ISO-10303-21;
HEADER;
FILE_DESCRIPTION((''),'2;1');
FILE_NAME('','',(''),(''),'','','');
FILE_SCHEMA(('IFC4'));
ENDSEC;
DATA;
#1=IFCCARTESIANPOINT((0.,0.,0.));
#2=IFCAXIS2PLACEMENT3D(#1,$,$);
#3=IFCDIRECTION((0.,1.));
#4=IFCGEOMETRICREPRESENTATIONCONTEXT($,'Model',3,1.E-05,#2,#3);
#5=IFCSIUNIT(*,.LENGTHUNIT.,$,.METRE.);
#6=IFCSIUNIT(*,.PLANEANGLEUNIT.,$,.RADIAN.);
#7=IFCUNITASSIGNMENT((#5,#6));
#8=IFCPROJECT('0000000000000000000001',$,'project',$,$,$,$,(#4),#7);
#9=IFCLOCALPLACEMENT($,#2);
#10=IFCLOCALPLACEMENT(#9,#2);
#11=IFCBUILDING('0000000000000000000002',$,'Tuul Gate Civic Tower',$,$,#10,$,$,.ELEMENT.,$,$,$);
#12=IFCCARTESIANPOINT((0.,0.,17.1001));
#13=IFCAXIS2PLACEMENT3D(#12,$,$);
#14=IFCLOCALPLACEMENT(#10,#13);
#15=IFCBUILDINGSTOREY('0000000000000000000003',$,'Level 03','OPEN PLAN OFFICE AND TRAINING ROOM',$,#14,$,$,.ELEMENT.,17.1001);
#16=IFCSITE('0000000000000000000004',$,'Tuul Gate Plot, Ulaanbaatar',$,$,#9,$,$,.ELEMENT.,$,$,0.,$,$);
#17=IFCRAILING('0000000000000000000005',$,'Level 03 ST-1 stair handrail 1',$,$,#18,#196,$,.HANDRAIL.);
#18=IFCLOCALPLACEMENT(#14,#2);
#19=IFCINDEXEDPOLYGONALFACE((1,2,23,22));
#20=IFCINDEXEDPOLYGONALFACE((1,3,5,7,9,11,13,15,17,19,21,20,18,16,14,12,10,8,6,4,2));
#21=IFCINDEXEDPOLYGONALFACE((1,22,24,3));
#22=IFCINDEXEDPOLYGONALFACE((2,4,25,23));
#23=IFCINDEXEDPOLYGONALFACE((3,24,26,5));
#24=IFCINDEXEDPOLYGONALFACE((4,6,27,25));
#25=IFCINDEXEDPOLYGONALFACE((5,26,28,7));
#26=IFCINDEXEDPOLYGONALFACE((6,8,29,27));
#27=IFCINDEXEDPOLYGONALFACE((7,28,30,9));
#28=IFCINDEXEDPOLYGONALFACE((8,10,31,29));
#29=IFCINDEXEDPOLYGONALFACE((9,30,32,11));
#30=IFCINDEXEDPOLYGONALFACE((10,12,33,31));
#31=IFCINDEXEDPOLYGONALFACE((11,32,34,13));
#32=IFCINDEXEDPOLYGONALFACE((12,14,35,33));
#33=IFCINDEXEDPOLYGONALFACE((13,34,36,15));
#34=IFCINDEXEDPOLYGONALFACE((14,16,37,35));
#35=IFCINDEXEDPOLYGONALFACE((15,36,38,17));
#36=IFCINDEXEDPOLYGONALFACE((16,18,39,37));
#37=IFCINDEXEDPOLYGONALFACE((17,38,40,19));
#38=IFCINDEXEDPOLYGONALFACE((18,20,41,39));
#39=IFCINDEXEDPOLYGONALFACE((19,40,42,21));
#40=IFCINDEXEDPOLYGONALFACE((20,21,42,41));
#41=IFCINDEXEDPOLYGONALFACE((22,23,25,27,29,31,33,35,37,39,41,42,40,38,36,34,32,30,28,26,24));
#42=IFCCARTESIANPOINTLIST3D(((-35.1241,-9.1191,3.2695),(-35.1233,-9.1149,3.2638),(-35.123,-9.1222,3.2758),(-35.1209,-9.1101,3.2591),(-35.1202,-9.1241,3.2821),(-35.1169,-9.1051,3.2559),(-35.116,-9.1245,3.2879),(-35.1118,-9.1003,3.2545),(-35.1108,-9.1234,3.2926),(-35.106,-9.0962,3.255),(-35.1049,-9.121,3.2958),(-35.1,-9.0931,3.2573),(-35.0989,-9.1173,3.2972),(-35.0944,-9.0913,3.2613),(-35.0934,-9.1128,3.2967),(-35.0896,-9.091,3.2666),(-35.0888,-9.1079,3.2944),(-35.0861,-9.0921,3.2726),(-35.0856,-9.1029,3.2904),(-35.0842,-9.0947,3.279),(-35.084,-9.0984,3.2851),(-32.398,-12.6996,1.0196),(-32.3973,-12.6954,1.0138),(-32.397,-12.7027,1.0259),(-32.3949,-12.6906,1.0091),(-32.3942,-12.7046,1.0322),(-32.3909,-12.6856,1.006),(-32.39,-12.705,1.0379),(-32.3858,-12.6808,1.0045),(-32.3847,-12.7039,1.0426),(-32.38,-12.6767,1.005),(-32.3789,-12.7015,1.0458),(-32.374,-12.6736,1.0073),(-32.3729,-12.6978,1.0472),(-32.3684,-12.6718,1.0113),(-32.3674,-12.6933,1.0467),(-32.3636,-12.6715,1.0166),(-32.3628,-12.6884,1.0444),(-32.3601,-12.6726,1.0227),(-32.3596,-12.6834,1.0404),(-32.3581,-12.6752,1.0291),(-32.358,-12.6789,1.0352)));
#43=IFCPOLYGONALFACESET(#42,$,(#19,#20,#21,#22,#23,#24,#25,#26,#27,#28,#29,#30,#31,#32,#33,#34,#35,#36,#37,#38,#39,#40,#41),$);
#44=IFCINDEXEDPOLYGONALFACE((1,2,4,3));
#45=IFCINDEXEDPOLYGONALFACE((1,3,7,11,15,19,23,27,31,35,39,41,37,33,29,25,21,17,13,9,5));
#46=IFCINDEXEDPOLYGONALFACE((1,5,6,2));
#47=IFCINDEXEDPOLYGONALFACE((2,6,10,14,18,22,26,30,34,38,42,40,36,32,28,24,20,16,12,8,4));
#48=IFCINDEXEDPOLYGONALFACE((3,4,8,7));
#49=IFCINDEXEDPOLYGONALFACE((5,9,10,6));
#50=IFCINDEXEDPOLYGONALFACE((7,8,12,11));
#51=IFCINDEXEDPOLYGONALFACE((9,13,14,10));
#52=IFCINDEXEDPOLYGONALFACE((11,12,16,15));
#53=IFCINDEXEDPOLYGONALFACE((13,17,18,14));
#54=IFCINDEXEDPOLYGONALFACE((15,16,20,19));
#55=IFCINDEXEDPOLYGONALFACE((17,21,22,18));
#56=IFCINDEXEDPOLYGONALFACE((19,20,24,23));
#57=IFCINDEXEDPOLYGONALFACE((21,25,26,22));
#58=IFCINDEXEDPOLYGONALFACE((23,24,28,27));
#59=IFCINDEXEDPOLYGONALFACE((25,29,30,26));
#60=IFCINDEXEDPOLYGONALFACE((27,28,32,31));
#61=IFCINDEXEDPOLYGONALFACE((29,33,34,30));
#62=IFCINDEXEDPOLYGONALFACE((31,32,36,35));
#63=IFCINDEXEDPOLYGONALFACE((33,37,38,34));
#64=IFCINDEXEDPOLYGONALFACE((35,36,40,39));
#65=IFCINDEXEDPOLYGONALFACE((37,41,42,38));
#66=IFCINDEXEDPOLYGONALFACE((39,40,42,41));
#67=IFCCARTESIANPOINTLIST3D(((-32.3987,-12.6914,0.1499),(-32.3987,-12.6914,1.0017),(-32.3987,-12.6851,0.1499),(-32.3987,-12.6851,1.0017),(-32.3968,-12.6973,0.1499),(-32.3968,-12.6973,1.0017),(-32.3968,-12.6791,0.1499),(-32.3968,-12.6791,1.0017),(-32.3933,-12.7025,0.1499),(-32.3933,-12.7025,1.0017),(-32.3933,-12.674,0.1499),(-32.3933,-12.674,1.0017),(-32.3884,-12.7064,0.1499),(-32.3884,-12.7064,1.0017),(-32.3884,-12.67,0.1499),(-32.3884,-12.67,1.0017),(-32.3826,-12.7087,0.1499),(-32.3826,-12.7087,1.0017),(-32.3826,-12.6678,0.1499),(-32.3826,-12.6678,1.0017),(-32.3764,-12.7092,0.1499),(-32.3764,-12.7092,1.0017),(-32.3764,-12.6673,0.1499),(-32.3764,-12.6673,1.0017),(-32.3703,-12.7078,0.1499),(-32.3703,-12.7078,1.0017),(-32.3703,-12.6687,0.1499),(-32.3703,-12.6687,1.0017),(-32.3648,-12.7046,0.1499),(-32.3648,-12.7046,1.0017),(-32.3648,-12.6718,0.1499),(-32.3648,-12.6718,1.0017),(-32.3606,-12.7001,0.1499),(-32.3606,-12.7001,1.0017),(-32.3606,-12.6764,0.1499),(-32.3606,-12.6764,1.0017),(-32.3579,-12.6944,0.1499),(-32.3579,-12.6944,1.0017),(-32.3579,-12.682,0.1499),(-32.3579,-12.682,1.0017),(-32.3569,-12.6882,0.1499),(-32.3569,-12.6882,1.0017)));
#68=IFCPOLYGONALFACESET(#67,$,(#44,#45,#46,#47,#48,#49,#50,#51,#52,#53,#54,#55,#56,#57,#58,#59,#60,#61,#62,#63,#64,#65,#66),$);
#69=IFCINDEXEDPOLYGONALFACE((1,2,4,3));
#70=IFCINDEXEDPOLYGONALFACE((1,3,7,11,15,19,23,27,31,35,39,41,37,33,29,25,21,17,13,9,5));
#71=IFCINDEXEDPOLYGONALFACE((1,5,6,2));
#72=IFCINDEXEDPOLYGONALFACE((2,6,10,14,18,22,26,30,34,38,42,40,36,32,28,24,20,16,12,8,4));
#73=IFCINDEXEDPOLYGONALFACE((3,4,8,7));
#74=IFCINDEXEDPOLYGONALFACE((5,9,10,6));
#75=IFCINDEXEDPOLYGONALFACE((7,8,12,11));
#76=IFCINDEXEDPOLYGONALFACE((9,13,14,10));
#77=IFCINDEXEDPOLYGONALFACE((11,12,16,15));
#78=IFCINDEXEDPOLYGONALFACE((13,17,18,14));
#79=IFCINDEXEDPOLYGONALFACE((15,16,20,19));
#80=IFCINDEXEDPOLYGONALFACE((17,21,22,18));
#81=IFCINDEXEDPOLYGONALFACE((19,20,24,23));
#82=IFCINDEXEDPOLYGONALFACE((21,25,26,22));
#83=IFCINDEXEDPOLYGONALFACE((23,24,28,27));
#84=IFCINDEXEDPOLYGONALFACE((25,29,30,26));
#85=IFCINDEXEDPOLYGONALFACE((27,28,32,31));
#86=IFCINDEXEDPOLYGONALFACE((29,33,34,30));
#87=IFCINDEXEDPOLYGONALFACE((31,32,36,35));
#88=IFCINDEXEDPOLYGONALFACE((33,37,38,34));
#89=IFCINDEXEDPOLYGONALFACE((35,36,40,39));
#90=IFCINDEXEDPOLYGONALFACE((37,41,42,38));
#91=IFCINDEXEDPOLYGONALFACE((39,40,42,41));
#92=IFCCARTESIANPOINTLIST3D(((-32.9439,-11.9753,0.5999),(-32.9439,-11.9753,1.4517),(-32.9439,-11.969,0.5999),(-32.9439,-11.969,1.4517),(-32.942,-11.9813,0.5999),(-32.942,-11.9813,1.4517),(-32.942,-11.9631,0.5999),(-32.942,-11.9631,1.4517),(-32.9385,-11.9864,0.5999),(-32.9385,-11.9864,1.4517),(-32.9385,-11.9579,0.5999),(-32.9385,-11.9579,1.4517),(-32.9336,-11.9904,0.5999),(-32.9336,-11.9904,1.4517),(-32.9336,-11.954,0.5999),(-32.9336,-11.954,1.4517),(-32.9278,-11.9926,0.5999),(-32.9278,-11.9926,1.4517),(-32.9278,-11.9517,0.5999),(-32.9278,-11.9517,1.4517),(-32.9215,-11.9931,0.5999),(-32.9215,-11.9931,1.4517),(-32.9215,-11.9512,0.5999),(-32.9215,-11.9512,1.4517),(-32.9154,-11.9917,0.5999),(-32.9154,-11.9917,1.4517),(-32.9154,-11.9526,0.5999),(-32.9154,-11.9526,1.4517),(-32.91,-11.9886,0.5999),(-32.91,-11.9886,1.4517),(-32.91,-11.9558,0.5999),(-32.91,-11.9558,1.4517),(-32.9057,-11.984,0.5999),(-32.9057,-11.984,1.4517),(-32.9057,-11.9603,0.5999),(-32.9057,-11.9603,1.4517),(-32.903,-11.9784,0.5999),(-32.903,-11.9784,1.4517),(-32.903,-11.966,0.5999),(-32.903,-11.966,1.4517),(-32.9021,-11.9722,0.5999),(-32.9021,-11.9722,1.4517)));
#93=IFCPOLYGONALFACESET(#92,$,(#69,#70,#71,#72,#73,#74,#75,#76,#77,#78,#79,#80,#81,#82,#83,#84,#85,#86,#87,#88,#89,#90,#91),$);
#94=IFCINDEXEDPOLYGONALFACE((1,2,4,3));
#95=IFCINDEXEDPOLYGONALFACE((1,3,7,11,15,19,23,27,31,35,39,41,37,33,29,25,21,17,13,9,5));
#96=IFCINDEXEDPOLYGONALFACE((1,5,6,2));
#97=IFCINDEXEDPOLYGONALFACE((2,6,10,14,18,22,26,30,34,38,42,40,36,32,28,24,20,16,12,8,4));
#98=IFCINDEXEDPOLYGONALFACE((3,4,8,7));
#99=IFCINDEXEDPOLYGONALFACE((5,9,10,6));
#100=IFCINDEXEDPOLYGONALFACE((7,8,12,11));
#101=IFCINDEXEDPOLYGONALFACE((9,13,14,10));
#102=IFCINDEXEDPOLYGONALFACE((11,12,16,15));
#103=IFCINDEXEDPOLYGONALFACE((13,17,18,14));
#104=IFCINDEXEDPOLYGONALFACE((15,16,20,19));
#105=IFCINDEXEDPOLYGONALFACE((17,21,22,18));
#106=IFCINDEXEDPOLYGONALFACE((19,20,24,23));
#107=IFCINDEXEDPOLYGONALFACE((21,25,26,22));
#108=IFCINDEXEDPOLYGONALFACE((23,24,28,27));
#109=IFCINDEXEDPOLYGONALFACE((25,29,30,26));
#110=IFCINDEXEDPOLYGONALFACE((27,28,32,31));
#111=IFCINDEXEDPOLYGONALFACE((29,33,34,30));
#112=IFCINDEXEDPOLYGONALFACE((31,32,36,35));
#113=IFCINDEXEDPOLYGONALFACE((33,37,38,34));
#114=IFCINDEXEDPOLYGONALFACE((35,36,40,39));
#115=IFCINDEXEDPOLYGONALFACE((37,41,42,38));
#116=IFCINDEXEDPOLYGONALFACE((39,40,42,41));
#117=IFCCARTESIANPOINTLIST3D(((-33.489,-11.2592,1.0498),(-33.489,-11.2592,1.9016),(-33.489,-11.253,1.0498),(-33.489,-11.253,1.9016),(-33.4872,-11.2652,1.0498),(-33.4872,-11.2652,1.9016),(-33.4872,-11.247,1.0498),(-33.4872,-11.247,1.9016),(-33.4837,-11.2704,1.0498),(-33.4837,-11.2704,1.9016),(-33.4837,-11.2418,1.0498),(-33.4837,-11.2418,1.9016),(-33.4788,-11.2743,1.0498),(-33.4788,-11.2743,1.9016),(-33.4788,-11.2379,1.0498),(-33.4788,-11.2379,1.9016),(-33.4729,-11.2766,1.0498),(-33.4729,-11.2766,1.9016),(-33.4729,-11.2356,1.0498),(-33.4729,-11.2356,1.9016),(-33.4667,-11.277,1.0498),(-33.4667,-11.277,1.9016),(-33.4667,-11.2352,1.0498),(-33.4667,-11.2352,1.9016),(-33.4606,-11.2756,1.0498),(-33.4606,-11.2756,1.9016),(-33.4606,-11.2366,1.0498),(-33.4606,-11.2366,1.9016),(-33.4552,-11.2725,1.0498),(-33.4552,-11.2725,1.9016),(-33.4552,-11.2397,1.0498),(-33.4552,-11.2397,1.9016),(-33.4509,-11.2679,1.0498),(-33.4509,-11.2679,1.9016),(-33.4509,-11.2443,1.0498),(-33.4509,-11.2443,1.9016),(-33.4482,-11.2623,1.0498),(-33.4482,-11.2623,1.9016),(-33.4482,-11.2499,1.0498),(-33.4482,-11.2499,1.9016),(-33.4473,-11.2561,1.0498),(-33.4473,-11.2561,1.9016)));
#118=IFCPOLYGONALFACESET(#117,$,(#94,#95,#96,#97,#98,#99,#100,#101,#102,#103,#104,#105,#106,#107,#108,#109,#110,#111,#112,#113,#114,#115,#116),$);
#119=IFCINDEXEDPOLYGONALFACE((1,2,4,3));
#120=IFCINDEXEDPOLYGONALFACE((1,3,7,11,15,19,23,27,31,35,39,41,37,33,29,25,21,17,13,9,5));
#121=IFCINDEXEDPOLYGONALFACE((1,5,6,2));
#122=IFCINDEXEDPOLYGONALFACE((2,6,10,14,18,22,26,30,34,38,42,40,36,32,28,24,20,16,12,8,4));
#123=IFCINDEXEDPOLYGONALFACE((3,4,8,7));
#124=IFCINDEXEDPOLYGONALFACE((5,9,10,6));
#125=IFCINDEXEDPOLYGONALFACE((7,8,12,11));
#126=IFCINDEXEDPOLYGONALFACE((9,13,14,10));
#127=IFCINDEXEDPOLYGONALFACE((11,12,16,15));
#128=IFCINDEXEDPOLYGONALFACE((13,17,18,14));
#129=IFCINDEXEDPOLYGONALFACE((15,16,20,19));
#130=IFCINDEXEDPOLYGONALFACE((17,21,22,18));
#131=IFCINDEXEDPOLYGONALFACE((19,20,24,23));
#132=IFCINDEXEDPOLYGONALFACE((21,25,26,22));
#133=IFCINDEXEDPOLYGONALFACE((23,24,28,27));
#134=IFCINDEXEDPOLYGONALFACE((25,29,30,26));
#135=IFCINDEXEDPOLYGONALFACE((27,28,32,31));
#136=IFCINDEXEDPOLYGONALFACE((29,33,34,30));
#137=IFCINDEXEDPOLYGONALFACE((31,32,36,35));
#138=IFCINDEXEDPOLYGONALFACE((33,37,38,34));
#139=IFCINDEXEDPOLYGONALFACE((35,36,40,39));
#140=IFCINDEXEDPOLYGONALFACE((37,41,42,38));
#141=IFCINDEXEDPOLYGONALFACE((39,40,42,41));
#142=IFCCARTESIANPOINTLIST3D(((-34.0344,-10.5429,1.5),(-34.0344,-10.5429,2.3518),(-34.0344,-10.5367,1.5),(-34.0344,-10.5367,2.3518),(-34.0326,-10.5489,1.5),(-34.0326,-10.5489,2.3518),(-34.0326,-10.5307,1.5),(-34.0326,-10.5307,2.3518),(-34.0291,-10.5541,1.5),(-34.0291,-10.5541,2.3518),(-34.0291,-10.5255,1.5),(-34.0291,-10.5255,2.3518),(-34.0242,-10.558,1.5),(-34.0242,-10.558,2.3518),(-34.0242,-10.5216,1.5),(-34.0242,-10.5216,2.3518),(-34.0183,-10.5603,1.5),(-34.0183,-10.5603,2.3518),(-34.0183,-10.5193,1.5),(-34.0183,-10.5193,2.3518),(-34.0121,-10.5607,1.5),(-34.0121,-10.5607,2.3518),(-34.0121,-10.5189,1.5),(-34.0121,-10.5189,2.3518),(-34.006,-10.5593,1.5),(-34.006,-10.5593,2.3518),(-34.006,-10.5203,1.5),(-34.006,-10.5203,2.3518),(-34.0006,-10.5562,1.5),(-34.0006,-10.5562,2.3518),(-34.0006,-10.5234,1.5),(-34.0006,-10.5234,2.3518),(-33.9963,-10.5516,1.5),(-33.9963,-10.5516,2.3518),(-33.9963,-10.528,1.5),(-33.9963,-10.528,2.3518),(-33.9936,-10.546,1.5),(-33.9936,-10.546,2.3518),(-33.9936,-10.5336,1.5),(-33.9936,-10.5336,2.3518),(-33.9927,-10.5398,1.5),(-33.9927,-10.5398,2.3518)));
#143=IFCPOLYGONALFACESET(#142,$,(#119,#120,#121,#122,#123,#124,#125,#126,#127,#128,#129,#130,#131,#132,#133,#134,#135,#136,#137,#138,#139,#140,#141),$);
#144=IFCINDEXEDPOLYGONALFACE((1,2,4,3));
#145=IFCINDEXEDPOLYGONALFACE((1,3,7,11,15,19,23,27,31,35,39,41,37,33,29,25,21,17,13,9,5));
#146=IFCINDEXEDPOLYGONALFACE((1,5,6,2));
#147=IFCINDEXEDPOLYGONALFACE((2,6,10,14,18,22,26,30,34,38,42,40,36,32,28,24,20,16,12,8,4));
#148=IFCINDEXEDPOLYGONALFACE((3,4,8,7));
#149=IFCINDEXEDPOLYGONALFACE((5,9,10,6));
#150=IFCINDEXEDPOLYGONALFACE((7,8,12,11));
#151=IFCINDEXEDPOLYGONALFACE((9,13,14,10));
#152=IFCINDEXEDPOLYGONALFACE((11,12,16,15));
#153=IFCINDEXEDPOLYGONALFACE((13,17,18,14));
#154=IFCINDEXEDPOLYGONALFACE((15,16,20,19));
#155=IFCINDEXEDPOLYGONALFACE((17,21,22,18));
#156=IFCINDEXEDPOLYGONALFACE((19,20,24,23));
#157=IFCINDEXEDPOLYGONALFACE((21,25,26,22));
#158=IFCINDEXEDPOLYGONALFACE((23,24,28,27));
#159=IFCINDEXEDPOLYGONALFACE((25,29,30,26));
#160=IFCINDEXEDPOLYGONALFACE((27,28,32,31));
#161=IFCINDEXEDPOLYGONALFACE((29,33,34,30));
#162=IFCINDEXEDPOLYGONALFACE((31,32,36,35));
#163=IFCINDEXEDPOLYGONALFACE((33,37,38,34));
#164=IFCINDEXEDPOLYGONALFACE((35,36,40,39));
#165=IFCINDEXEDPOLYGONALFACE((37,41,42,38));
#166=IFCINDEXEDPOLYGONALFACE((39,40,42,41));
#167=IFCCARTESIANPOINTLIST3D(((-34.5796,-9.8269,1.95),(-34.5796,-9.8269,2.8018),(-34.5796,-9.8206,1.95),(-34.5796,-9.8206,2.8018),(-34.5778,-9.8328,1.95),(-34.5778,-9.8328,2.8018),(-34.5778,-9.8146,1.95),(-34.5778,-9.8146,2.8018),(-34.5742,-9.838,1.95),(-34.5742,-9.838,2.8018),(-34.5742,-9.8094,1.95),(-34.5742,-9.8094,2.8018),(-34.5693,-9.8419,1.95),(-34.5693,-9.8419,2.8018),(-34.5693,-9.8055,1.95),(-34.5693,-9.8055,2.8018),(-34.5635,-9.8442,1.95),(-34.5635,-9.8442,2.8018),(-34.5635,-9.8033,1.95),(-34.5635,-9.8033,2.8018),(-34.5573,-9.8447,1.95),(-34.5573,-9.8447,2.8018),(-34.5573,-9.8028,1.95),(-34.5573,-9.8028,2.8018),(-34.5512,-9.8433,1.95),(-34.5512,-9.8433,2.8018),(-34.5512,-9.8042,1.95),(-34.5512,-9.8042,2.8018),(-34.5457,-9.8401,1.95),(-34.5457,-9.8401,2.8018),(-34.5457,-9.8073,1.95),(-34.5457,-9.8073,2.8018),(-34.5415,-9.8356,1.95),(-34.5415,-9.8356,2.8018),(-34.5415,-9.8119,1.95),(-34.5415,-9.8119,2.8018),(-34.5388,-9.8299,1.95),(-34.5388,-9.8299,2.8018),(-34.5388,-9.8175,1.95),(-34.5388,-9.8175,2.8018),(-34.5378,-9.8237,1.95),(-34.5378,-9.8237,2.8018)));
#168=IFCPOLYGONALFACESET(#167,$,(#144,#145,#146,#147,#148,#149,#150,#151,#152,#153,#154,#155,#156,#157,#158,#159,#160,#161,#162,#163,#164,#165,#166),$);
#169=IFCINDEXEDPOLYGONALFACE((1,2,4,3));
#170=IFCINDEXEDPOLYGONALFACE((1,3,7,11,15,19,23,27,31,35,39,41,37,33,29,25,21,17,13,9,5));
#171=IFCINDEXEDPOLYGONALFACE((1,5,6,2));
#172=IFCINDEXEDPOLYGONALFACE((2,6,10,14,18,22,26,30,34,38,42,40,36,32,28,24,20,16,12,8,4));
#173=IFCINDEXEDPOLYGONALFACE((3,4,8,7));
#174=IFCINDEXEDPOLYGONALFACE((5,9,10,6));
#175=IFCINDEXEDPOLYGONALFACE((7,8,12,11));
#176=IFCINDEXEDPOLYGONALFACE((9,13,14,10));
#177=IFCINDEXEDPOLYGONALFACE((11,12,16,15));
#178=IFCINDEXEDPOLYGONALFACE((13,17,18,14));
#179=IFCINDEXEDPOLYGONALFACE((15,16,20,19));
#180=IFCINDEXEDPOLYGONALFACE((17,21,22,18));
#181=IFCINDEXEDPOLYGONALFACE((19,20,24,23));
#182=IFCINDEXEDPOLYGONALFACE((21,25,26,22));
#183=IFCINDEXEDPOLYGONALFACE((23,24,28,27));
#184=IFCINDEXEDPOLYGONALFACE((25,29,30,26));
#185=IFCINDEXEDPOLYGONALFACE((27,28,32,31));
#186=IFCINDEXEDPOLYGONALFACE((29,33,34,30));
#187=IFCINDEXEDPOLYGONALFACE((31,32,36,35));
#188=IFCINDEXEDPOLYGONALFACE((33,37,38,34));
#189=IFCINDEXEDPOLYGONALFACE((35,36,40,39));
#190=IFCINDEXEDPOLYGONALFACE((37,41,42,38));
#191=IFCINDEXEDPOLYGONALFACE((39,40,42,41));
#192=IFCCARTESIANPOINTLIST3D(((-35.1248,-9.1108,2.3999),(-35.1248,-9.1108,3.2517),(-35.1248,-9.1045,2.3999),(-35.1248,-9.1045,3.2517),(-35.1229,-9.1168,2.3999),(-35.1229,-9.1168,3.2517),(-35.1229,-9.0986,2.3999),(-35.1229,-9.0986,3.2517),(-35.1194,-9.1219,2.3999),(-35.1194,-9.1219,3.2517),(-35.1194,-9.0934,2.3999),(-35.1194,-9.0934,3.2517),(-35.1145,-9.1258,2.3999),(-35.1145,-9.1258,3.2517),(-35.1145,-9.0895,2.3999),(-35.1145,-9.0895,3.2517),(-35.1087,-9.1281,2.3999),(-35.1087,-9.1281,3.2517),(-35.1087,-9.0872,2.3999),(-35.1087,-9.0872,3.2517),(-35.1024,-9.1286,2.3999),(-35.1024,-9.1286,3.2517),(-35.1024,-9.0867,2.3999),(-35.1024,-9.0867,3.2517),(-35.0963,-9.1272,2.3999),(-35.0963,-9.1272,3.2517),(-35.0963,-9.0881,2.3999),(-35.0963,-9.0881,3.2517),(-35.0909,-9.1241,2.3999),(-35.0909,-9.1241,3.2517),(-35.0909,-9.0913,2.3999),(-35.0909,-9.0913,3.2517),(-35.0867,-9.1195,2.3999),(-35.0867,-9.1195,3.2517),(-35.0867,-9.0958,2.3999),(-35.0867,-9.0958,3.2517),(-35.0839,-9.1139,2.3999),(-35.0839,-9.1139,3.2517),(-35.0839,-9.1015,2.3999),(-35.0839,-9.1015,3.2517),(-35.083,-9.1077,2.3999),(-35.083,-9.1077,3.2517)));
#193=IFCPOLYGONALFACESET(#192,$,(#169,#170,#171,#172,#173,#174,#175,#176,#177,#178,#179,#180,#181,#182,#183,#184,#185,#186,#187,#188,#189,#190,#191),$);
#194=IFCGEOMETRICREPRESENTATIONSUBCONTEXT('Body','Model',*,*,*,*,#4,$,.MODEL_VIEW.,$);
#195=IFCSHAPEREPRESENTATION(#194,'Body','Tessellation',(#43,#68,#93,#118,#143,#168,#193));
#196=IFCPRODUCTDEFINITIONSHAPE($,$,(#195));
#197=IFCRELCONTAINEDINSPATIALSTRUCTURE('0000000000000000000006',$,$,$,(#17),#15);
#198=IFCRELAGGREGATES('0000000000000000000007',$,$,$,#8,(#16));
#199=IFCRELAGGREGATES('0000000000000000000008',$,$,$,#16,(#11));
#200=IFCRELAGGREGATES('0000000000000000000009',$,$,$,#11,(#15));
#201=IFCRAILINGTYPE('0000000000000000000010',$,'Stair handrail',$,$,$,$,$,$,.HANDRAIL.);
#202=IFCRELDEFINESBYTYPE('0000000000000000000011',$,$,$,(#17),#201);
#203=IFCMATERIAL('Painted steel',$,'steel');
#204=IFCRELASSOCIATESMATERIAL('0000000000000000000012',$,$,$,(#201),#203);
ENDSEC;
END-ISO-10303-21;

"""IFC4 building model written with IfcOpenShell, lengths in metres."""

from ifc_helpers import new_model, si_unit, direction, frame, origin, origin_2d, place, context, subcontext, project, spatial, circle, extrude, material, type_object, element, save


model = new_model("IFC4")

# Units and contexts
model_context = context("Model", 3, precision=1e-05, world=origin(), true_north=direction((0.0, 1.0)))
body_context = subcontext(model_context, "Body", "Model", "MODEL_VIEW")
ifc_project = project(units=[si_unit("LENGTHUNIT", "METRE"), si_unit("PLANEANGLEUNIT", "RADIAN")], contexts=[model_context])

# Site, building, storey
site_placement = place(None, origin())
site = spatial("IfcSite", under=ifc_project, at=site_placement, Name="Tuul Gate Plot, Ulaanbaatar", CompositionType="ELEMENT", RefElevation=0.0)
building_placement = place(site_placement, origin())
building = spatial("IfcBuilding", under=site, at=building_placement, Name="Tuul Gate Civic Tower", CompositionType="ELEMENT")
storey_placement = place(building_placement, frame((0.0, 0.0, 17.1001)))
storey = spatial("IfcBuildingStorey", under=building, at=storey_placement, Name="Level 03", Description="OPEN PLAN OFFICE AND TRAINING ROOM", CompositionType="ELEMENT", Elevation=17.1001)

# Railing
ifc_material_1 = material(Name="Painted steel", Category="steel")
railing_type_1 = type_object("IfcRailingType", Name="Stair handrail", PredefinedType="HANDRAIL", material=ifc_material_1)
railing_1_placement = place(storey_placement, frame((-32.3779, -12.6882, 0.1499)))
element("IfcRailing", 1, at=railing_1_placement, inside=storey, type_object=railing_type_1, Name="Level 03 ST-1 stair handrail 1", PredefinedType="HANDRAIL", context=body_context, shape_type="SweptSolid", body=[
    extrude(circle(Radius=0.0239, at=origin_2d()), frame((0.0, 0.0, 0.876), z_axis=(-0.541818, 0.711652, 0.447196), x_axis=(-0.795643, -0.605765, 0.0)), (0.0, 0.0, 1.0), 5.0312),
    extrude(circle(Radius=0.021, at=origin_2d()), origin(), (0.0, 0.0, 1.0), 0.8518),
    extrude(circle(Radius=0.021, at=origin_2d()), frame((-0.5452, 0.7161, 0.45)), (0.0, 0.0, 1.0), 0.8518),
    extrude(circle(Radius=0.021, at=origin_2d()), frame((-1.0903, 1.4321, 0.8999)), (0.0, 0.0, 1.0), 0.8518),
    extrude(circle(Radius=0.021, at=origin_2d()), frame((-1.6357, 2.1484, 1.3501)), (0.0, 0.0, 1.0), 0.8518),
    extrude(circle(Radius=0.021, at=origin_2d()), frame((-2.1809, 2.8645, 1.8)), (0.0, 0.0, 1.0), 0.8518),
    extrude(circle(Radius=0.021, at=origin_2d()), frame((-2.7261, 3.5806, 2.25)), (0.0, 0.0, 1.0), 0.8518),
])

save(model, "model.ifc")
